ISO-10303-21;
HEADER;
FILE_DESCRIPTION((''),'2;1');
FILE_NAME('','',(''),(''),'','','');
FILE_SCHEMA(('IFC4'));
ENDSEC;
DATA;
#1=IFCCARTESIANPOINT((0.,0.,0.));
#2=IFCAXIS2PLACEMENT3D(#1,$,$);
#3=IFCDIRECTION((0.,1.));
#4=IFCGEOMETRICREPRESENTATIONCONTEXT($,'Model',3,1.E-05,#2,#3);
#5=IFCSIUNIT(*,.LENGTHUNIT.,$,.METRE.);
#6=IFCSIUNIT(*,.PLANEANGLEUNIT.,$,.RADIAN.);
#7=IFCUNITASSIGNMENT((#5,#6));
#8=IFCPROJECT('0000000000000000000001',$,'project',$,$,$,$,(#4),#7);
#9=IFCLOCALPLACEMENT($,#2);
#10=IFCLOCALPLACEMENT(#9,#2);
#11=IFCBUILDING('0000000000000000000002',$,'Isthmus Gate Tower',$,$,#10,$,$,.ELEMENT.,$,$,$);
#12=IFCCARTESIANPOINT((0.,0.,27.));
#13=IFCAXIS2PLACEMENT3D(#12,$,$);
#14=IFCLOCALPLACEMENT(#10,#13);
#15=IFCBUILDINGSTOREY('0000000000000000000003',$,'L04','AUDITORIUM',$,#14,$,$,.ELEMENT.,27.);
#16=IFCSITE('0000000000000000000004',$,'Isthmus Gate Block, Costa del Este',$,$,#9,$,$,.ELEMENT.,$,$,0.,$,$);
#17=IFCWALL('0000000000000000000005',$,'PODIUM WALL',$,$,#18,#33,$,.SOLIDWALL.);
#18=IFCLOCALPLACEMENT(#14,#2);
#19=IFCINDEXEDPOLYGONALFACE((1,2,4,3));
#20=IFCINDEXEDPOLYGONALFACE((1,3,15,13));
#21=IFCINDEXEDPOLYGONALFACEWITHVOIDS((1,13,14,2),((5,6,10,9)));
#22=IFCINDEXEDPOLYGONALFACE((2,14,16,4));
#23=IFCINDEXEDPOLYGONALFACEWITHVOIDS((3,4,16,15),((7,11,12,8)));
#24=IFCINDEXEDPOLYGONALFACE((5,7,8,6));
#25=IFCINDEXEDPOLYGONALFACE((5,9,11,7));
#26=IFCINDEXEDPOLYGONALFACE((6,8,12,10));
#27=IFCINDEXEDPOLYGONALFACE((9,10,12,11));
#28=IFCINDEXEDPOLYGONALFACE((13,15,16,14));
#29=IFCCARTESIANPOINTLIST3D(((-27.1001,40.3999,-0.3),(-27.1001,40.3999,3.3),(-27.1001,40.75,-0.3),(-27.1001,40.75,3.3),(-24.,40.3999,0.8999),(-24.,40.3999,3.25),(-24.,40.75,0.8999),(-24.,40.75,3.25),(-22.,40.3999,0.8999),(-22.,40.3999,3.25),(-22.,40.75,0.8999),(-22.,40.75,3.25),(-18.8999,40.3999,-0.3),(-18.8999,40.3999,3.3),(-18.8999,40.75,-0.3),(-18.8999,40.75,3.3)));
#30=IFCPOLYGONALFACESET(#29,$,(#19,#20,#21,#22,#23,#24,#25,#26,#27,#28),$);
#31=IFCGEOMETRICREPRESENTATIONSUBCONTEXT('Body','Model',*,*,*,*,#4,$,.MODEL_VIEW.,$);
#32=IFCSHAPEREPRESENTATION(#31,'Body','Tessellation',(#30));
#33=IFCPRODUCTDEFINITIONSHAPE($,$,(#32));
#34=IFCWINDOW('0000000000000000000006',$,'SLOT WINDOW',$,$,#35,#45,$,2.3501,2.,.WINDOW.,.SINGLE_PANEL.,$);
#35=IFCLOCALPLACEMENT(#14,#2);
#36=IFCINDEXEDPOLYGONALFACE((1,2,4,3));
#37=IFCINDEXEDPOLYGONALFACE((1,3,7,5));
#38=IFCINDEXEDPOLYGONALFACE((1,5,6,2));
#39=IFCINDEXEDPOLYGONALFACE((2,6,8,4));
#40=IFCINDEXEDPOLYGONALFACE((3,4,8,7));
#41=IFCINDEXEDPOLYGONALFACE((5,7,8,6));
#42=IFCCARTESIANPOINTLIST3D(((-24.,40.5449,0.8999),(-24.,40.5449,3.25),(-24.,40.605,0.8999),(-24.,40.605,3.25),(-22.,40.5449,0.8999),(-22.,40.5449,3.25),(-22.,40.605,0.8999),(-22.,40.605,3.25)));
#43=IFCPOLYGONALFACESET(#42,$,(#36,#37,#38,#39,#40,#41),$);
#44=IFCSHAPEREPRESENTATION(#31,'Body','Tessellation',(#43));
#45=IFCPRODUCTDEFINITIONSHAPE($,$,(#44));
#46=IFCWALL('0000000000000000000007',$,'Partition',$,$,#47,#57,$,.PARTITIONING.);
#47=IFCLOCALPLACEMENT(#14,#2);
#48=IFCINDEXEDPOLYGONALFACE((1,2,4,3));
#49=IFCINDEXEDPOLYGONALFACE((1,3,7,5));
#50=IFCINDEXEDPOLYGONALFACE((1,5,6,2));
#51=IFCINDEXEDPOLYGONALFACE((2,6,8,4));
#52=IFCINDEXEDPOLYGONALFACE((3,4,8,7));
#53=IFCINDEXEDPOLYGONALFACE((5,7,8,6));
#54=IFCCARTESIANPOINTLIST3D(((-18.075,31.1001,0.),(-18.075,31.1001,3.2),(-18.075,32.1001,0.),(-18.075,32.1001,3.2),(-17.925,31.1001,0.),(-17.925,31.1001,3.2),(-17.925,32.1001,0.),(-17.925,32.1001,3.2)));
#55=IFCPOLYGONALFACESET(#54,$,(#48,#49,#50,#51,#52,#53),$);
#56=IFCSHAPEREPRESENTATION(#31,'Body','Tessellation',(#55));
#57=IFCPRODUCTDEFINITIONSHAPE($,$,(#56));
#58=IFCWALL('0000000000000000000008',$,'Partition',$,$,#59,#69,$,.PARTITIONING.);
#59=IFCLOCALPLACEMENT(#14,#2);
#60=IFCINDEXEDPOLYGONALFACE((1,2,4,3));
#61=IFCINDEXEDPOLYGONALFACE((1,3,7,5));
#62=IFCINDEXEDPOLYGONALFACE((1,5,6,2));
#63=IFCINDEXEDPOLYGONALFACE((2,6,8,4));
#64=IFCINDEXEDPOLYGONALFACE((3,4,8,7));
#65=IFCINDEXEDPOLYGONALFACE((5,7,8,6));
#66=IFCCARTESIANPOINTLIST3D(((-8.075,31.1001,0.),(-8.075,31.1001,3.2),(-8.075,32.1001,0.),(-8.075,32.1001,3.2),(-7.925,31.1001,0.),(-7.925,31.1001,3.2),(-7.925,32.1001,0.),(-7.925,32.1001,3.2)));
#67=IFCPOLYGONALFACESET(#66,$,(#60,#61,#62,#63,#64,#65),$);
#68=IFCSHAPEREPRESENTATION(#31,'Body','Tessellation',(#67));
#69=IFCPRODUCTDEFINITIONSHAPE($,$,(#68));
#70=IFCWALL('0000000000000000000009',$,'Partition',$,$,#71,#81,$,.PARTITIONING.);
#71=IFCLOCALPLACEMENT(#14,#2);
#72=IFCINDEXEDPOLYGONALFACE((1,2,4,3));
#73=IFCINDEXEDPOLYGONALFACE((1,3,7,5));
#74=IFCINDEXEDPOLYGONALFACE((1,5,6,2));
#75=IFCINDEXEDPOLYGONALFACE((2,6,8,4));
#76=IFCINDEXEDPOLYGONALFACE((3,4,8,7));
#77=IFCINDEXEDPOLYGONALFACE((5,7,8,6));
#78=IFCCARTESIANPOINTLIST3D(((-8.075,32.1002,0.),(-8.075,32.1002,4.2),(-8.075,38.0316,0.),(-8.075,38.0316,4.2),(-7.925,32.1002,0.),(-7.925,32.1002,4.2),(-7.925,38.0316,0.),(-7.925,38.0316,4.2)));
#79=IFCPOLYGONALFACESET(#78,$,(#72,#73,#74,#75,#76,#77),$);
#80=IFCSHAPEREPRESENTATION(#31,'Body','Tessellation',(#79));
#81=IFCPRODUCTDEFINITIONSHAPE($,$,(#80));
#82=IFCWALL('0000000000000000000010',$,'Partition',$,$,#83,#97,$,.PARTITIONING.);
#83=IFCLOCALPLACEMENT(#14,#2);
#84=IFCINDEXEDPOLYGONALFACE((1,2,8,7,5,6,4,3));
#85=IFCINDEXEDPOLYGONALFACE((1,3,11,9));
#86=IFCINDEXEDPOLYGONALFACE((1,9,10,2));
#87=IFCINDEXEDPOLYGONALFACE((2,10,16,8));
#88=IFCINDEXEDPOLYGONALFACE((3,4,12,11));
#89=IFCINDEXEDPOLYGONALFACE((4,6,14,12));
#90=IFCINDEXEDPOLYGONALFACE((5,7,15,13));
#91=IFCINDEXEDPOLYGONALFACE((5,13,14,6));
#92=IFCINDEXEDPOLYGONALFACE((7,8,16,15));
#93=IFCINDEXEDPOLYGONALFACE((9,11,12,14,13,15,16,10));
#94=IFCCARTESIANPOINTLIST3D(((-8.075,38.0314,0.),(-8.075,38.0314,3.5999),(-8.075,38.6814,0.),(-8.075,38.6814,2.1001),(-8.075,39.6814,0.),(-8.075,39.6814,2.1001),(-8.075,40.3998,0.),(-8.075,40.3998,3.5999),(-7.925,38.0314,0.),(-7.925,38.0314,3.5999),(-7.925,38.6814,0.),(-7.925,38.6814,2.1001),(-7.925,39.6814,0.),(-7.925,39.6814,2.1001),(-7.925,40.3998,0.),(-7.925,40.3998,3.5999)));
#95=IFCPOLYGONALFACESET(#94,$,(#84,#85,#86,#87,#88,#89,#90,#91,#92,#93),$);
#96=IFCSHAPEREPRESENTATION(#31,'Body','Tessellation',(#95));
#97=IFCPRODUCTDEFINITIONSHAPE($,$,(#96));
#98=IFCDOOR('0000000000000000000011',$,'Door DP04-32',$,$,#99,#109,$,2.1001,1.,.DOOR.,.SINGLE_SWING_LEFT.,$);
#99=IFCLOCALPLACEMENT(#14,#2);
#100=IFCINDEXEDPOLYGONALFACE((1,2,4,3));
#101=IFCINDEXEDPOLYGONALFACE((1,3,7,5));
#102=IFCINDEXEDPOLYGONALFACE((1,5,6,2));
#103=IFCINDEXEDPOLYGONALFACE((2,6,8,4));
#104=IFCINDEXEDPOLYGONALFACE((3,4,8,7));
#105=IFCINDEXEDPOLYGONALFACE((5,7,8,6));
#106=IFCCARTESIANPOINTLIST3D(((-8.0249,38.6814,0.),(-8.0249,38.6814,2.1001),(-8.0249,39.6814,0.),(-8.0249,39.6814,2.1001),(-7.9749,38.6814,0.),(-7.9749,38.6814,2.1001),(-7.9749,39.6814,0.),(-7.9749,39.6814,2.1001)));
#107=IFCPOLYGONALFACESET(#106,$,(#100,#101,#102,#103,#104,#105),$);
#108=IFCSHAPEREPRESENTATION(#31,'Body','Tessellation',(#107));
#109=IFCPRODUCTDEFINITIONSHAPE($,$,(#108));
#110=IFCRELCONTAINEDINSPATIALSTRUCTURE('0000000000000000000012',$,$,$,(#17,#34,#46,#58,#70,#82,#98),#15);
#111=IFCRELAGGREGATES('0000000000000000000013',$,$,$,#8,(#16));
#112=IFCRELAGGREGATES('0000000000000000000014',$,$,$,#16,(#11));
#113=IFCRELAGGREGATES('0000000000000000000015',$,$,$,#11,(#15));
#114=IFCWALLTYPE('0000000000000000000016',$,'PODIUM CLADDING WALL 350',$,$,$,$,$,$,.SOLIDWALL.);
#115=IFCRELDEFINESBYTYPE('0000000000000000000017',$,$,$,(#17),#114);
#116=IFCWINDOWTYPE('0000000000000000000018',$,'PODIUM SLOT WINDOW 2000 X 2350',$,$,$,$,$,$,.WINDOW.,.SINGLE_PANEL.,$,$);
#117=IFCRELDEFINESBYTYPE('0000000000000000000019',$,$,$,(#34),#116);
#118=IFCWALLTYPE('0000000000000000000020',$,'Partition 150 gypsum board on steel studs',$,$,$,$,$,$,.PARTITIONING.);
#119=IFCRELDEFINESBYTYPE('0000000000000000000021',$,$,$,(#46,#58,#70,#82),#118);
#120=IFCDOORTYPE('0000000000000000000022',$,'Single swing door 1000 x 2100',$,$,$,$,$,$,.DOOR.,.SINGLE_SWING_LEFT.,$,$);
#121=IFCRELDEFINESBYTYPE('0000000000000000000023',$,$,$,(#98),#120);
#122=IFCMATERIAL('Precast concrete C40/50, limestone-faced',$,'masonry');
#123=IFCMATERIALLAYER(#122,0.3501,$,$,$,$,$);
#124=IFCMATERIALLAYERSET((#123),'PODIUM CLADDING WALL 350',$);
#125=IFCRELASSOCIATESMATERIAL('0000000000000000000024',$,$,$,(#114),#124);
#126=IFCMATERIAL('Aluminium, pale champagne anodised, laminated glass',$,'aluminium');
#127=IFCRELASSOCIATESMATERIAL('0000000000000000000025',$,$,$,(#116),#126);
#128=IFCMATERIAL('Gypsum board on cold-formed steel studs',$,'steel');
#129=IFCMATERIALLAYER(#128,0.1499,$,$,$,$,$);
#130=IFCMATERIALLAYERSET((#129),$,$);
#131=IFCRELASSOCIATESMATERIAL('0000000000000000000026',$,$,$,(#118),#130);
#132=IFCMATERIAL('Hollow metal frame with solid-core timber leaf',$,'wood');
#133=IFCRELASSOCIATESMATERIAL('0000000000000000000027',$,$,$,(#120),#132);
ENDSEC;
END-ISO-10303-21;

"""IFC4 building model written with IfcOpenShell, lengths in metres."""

from ifc_helpers import new_model, si_unit, direction, frame, frame_2d, origin, place, context, subcontext, project, spatial, rectangle, extrude, material, layer, layer_set, type_object, element, fill, save


model = new_model("IFC4")

# Units and contexts
model_context = context("Model", 3, precision=1e-05, world=origin(), true_north=direction((0.0, 1.0)))
body_context = subcontext(model_context, "Body", "Model", "MODEL_VIEW")
ifc_project = project(units=[si_unit("LENGTHUNIT", "METRE"), si_unit("PLANEANGLEUNIT", "RADIAN")], contexts=[model_context])

# Site, building, storey
site_placement = place(None, origin())
site = spatial("IfcSite", under=ifc_project, at=site_placement, Name="Isthmus Gate Block, Costa del Este", CompositionType="ELEMENT", RefElevation=0.0)
building_placement = place(site_placement, origin())
building = spatial("IfcBuilding", under=site, at=building_placement, Name="Isthmus Gate Tower", CompositionType="ELEMENT")
storey_placement = place(building_placement, frame((0.0, 0.0, 27.0)))
storey = spatial("IfcBuildingStorey", under=building, at=storey_placement, Name="L04", Description="AUDITORIUM", CompositionType="ELEMENT", Elevation=27.0)

# Wall, opening, window
ifc_material_1 = material(Name="Precast concrete C40/50, limestone-faced", Category="masonry")
ifc_layer_1 = layer(ifc_material_1, 0.3501)
ifc_layer_set_1 = layer_set([ifc_layer_1], Name="PODIUM CLADDING WALL 350")
wall_type_1 = type_object("IfcWallType", Name="PODIUM CLADDING WALL 350", PredefinedType="SOLIDWALL", material=ifc_layer_set_1)
ifc_material_2 = material(Name="Aluminium, pale champagne anodised, laminated glass", Category="aluminium")
window_type = type_object("IfcWindowType", Name="PODIUM SLOT WINDOW 2000 X 2350", PartitioningType="SINGLE_PANEL", PredefinedType="WINDOW", material=ifc_material_2)
wall_1_placement = place(storey_placement, frame((-18.8999, 40.575, -0.3), z_axis=(0.0, 0.0, 1.0), x_axis=(-1.0, 0.0, 0.0)))
wall_1 = element("IfcWall", 1, at=wall_1_placement, inside=storey, type_object=wall_type_1, Name="PODIUM WALL", PredefinedType="SOLIDWALL", context=body_context, shape_type="SweptSolid", body=[
    extrude(rectangle(XDim=8.2002, YDim=0.3501, at=frame_2d((4.1001, 0.0))), origin(), (0.0, 0.0, 1.0), 3.6001),
])
opening_1_placement = place(wall_1_placement, frame((3.1001, 0.0, 1.2)))
opening_1 = element("IfcOpeningElement", 2, at=opening_1_placement, cuts=wall_1, PredefinedType="OPENING", context=body_context, shape_type="SweptSolid", body=[
    extrude(rectangle(XDim=2.0, YDim=2.3501, at=frame_2d((1.0, 1.175))), frame((0.0, 0.1851, 0.0), z_axis=(0.0, -1.0, 0.0), x_axis=(1.0, 0.0, 0.0)), (0.0, 0.0, 1.0), 0.3701),
])
window_1_placement = place(opening_1_placement, origin())
window_1 = element("IfcWindow", 3, at=window_1_placement, inside=storey, type_object=window_type, Name="SLOT WINDOW", OverallHeight=2.3501, OverallWidth=2.0, PartitioningType="SINGLE_PANEL", PredefinedType="WINDOW", context=body_context, shape_type="SweptSolid", body=[
    extrude(rectangle(XDim=2.0, YDim=2.3501, at=frame_2d((1.0, 1.175))), frame((0.0, 0.03, 0.0), z_axis=(0.0, -1.0, 0.0), x_axis=(1.0, 0.0, 0.0)), (0.0, 0.0, 1.0), 0.0601),
])
fill(opening_1, window_1)

# Wall
ifc_material_3 = material(Name="Gypsum board on cold-formed steel studs", Category="steel")
ifc_layer_2 = layer(ifc_material_3, 0.1499)
ifc_layer_set_2 = layer_set([ifc_layer_2])
wall_type_2 = type_object("IfcWallType", Name="Partition 150 gypsum board on steel studs", PredefinedType="PARTITIONING", material=ifc_layer_set_2)
wall_2_placement = place(storey_placement, frame((-18.0, 31.1001, 0.0), z_axis=(0.0, 0.0, 1.0), x_axis=(0.0, 1.0, 0.0)))
element("IfcWall", 4, at=wall_2_placement, inside=storey, type_object=wall_type_2, Name="Partition", PredefinedType="PARTITIONING", context=body_context, shape_type="SweptSolid", body=[
    extrude(rectangle(XDim=1.0, YDim=0.1499, at=frame_2d((0.5, 0.0))), origin(), (0.0, 0.0, 1.0), 3.2),
])

# Walls
wall_3_placement = place(storey_placement, frame((-8.0, 31.1001, 0.0), z_axis=(0.0, 0.0, 1.0), x_axis=(0.0, 1.0, 0.0)))
element("IfcWall", 5, at=wall_3_placement, inside=storey, type_object=wall_type_2, Name="Partition", PredefinedType="PARTITIONING", context=body_context, shape_type="SweptSolid", body=[
    extrude(rectangle(XDim=1.0, YDim=0.1499, at=frame_2d((0.5, 0.0))), origin(), (0.0, 0.0, 1.0), 3.2),
])
wall_4_placement = place(storey_placement, frame((-8.0, 32.1001, 0.0), z_axis=(0.0, 0.0, 1.0), x_axis=(0.0, 1.0, 0.0)))
element("IfcWall", 6, at=wall_4_placement, inside=storey, type_object=wall_type_2, Name="Partition", PredefinedType="PARTITIONING", context=body_context, shape_type="SweptSolid", body=[
    extrude(rectangle(XDim=5.9314, YDim=0.1499, at=frame_2d((2.9658, 0.0))), origin(), (0.0, 0.0, 1.0), 4.2),
])

# Wall, opening, door
wall_5_placement = place(storey_placement, frame((-8.0, 38.0315, 0.0), z_axis=(0.0, 0.0, 1.0), x_axis=(0.0, 1.0, 0.0)))
wall_5 = element("IfcWall", 7, at=wall_5_placement, inside=storey, type_object=wall_type_2, Name="Partition", PredefinedType="PARTITIONING", context=body_context, shape_type="SweptSolid", body=[
    extrude(rectangle(XDim=2.3684, YDim=0.1499, at=frame_2d((1.1841, 0.0))), origin(), (0.0, 0.0, 1.0), 3.5999),
])
opening_2_placement = place(wall_5_placement, frame((0.6499, 0.0, 0.0)))
opening_2 = element("IfcOpeningElement", 8, at=opening_2_placement, cuts=wall_5, PredefinedType="OPENING", context=body_context, shape_type="SweptSolid", body=[
    extrude(rectangle(XDim=1.0, YDim=2.1001, at=frame_2d((0.5, 1.05))), frame((0.0, 0.085, 0.0), z_axis=(0.0, -1.0, 0.0), x_axis=(1.0, 0.0, 0.0)), (0.0, 0.0, 1.0), 0.1699),
])
ifc_material_4 = material(Name="Hollow metal frame with solid-core timber leaf", Category="wood")
door_type_1 = type_object("IfcDoorType", Name="Single swing door 1000 x 2100", OperationType="SINGLE_SWING_LEFT", PredefinedType="DOOR", material=ifc_material_4)
door_1_placement = place(opening_2_placement, origin())
door_1 = element("IfcDoor", 9, at=door_1_placement, inside=storey, type_object=door_type_1, Name="Door DP04-32", OperationType="SINGLE_SWING_LEFT", OverallHeight=2.1001, OverallWidth=1.0, PredefinedType="DOOR", context=body_context, shape_type="SweptSolid", body=[
    extrude(rectangle(XDim=1.0, YDim=2.1001, at=frame_2d((0.5, 1.05))), frame((0.0, 0.0249, 0.0), z_axis=(0.0, -1.0, 0.0), x_axis=(1.0, 0.0, 0.0)), (0.0, 0.0, 1.0), 0.05),
])
fill(opening_2, door_1)

save(model, "model.ifc")
